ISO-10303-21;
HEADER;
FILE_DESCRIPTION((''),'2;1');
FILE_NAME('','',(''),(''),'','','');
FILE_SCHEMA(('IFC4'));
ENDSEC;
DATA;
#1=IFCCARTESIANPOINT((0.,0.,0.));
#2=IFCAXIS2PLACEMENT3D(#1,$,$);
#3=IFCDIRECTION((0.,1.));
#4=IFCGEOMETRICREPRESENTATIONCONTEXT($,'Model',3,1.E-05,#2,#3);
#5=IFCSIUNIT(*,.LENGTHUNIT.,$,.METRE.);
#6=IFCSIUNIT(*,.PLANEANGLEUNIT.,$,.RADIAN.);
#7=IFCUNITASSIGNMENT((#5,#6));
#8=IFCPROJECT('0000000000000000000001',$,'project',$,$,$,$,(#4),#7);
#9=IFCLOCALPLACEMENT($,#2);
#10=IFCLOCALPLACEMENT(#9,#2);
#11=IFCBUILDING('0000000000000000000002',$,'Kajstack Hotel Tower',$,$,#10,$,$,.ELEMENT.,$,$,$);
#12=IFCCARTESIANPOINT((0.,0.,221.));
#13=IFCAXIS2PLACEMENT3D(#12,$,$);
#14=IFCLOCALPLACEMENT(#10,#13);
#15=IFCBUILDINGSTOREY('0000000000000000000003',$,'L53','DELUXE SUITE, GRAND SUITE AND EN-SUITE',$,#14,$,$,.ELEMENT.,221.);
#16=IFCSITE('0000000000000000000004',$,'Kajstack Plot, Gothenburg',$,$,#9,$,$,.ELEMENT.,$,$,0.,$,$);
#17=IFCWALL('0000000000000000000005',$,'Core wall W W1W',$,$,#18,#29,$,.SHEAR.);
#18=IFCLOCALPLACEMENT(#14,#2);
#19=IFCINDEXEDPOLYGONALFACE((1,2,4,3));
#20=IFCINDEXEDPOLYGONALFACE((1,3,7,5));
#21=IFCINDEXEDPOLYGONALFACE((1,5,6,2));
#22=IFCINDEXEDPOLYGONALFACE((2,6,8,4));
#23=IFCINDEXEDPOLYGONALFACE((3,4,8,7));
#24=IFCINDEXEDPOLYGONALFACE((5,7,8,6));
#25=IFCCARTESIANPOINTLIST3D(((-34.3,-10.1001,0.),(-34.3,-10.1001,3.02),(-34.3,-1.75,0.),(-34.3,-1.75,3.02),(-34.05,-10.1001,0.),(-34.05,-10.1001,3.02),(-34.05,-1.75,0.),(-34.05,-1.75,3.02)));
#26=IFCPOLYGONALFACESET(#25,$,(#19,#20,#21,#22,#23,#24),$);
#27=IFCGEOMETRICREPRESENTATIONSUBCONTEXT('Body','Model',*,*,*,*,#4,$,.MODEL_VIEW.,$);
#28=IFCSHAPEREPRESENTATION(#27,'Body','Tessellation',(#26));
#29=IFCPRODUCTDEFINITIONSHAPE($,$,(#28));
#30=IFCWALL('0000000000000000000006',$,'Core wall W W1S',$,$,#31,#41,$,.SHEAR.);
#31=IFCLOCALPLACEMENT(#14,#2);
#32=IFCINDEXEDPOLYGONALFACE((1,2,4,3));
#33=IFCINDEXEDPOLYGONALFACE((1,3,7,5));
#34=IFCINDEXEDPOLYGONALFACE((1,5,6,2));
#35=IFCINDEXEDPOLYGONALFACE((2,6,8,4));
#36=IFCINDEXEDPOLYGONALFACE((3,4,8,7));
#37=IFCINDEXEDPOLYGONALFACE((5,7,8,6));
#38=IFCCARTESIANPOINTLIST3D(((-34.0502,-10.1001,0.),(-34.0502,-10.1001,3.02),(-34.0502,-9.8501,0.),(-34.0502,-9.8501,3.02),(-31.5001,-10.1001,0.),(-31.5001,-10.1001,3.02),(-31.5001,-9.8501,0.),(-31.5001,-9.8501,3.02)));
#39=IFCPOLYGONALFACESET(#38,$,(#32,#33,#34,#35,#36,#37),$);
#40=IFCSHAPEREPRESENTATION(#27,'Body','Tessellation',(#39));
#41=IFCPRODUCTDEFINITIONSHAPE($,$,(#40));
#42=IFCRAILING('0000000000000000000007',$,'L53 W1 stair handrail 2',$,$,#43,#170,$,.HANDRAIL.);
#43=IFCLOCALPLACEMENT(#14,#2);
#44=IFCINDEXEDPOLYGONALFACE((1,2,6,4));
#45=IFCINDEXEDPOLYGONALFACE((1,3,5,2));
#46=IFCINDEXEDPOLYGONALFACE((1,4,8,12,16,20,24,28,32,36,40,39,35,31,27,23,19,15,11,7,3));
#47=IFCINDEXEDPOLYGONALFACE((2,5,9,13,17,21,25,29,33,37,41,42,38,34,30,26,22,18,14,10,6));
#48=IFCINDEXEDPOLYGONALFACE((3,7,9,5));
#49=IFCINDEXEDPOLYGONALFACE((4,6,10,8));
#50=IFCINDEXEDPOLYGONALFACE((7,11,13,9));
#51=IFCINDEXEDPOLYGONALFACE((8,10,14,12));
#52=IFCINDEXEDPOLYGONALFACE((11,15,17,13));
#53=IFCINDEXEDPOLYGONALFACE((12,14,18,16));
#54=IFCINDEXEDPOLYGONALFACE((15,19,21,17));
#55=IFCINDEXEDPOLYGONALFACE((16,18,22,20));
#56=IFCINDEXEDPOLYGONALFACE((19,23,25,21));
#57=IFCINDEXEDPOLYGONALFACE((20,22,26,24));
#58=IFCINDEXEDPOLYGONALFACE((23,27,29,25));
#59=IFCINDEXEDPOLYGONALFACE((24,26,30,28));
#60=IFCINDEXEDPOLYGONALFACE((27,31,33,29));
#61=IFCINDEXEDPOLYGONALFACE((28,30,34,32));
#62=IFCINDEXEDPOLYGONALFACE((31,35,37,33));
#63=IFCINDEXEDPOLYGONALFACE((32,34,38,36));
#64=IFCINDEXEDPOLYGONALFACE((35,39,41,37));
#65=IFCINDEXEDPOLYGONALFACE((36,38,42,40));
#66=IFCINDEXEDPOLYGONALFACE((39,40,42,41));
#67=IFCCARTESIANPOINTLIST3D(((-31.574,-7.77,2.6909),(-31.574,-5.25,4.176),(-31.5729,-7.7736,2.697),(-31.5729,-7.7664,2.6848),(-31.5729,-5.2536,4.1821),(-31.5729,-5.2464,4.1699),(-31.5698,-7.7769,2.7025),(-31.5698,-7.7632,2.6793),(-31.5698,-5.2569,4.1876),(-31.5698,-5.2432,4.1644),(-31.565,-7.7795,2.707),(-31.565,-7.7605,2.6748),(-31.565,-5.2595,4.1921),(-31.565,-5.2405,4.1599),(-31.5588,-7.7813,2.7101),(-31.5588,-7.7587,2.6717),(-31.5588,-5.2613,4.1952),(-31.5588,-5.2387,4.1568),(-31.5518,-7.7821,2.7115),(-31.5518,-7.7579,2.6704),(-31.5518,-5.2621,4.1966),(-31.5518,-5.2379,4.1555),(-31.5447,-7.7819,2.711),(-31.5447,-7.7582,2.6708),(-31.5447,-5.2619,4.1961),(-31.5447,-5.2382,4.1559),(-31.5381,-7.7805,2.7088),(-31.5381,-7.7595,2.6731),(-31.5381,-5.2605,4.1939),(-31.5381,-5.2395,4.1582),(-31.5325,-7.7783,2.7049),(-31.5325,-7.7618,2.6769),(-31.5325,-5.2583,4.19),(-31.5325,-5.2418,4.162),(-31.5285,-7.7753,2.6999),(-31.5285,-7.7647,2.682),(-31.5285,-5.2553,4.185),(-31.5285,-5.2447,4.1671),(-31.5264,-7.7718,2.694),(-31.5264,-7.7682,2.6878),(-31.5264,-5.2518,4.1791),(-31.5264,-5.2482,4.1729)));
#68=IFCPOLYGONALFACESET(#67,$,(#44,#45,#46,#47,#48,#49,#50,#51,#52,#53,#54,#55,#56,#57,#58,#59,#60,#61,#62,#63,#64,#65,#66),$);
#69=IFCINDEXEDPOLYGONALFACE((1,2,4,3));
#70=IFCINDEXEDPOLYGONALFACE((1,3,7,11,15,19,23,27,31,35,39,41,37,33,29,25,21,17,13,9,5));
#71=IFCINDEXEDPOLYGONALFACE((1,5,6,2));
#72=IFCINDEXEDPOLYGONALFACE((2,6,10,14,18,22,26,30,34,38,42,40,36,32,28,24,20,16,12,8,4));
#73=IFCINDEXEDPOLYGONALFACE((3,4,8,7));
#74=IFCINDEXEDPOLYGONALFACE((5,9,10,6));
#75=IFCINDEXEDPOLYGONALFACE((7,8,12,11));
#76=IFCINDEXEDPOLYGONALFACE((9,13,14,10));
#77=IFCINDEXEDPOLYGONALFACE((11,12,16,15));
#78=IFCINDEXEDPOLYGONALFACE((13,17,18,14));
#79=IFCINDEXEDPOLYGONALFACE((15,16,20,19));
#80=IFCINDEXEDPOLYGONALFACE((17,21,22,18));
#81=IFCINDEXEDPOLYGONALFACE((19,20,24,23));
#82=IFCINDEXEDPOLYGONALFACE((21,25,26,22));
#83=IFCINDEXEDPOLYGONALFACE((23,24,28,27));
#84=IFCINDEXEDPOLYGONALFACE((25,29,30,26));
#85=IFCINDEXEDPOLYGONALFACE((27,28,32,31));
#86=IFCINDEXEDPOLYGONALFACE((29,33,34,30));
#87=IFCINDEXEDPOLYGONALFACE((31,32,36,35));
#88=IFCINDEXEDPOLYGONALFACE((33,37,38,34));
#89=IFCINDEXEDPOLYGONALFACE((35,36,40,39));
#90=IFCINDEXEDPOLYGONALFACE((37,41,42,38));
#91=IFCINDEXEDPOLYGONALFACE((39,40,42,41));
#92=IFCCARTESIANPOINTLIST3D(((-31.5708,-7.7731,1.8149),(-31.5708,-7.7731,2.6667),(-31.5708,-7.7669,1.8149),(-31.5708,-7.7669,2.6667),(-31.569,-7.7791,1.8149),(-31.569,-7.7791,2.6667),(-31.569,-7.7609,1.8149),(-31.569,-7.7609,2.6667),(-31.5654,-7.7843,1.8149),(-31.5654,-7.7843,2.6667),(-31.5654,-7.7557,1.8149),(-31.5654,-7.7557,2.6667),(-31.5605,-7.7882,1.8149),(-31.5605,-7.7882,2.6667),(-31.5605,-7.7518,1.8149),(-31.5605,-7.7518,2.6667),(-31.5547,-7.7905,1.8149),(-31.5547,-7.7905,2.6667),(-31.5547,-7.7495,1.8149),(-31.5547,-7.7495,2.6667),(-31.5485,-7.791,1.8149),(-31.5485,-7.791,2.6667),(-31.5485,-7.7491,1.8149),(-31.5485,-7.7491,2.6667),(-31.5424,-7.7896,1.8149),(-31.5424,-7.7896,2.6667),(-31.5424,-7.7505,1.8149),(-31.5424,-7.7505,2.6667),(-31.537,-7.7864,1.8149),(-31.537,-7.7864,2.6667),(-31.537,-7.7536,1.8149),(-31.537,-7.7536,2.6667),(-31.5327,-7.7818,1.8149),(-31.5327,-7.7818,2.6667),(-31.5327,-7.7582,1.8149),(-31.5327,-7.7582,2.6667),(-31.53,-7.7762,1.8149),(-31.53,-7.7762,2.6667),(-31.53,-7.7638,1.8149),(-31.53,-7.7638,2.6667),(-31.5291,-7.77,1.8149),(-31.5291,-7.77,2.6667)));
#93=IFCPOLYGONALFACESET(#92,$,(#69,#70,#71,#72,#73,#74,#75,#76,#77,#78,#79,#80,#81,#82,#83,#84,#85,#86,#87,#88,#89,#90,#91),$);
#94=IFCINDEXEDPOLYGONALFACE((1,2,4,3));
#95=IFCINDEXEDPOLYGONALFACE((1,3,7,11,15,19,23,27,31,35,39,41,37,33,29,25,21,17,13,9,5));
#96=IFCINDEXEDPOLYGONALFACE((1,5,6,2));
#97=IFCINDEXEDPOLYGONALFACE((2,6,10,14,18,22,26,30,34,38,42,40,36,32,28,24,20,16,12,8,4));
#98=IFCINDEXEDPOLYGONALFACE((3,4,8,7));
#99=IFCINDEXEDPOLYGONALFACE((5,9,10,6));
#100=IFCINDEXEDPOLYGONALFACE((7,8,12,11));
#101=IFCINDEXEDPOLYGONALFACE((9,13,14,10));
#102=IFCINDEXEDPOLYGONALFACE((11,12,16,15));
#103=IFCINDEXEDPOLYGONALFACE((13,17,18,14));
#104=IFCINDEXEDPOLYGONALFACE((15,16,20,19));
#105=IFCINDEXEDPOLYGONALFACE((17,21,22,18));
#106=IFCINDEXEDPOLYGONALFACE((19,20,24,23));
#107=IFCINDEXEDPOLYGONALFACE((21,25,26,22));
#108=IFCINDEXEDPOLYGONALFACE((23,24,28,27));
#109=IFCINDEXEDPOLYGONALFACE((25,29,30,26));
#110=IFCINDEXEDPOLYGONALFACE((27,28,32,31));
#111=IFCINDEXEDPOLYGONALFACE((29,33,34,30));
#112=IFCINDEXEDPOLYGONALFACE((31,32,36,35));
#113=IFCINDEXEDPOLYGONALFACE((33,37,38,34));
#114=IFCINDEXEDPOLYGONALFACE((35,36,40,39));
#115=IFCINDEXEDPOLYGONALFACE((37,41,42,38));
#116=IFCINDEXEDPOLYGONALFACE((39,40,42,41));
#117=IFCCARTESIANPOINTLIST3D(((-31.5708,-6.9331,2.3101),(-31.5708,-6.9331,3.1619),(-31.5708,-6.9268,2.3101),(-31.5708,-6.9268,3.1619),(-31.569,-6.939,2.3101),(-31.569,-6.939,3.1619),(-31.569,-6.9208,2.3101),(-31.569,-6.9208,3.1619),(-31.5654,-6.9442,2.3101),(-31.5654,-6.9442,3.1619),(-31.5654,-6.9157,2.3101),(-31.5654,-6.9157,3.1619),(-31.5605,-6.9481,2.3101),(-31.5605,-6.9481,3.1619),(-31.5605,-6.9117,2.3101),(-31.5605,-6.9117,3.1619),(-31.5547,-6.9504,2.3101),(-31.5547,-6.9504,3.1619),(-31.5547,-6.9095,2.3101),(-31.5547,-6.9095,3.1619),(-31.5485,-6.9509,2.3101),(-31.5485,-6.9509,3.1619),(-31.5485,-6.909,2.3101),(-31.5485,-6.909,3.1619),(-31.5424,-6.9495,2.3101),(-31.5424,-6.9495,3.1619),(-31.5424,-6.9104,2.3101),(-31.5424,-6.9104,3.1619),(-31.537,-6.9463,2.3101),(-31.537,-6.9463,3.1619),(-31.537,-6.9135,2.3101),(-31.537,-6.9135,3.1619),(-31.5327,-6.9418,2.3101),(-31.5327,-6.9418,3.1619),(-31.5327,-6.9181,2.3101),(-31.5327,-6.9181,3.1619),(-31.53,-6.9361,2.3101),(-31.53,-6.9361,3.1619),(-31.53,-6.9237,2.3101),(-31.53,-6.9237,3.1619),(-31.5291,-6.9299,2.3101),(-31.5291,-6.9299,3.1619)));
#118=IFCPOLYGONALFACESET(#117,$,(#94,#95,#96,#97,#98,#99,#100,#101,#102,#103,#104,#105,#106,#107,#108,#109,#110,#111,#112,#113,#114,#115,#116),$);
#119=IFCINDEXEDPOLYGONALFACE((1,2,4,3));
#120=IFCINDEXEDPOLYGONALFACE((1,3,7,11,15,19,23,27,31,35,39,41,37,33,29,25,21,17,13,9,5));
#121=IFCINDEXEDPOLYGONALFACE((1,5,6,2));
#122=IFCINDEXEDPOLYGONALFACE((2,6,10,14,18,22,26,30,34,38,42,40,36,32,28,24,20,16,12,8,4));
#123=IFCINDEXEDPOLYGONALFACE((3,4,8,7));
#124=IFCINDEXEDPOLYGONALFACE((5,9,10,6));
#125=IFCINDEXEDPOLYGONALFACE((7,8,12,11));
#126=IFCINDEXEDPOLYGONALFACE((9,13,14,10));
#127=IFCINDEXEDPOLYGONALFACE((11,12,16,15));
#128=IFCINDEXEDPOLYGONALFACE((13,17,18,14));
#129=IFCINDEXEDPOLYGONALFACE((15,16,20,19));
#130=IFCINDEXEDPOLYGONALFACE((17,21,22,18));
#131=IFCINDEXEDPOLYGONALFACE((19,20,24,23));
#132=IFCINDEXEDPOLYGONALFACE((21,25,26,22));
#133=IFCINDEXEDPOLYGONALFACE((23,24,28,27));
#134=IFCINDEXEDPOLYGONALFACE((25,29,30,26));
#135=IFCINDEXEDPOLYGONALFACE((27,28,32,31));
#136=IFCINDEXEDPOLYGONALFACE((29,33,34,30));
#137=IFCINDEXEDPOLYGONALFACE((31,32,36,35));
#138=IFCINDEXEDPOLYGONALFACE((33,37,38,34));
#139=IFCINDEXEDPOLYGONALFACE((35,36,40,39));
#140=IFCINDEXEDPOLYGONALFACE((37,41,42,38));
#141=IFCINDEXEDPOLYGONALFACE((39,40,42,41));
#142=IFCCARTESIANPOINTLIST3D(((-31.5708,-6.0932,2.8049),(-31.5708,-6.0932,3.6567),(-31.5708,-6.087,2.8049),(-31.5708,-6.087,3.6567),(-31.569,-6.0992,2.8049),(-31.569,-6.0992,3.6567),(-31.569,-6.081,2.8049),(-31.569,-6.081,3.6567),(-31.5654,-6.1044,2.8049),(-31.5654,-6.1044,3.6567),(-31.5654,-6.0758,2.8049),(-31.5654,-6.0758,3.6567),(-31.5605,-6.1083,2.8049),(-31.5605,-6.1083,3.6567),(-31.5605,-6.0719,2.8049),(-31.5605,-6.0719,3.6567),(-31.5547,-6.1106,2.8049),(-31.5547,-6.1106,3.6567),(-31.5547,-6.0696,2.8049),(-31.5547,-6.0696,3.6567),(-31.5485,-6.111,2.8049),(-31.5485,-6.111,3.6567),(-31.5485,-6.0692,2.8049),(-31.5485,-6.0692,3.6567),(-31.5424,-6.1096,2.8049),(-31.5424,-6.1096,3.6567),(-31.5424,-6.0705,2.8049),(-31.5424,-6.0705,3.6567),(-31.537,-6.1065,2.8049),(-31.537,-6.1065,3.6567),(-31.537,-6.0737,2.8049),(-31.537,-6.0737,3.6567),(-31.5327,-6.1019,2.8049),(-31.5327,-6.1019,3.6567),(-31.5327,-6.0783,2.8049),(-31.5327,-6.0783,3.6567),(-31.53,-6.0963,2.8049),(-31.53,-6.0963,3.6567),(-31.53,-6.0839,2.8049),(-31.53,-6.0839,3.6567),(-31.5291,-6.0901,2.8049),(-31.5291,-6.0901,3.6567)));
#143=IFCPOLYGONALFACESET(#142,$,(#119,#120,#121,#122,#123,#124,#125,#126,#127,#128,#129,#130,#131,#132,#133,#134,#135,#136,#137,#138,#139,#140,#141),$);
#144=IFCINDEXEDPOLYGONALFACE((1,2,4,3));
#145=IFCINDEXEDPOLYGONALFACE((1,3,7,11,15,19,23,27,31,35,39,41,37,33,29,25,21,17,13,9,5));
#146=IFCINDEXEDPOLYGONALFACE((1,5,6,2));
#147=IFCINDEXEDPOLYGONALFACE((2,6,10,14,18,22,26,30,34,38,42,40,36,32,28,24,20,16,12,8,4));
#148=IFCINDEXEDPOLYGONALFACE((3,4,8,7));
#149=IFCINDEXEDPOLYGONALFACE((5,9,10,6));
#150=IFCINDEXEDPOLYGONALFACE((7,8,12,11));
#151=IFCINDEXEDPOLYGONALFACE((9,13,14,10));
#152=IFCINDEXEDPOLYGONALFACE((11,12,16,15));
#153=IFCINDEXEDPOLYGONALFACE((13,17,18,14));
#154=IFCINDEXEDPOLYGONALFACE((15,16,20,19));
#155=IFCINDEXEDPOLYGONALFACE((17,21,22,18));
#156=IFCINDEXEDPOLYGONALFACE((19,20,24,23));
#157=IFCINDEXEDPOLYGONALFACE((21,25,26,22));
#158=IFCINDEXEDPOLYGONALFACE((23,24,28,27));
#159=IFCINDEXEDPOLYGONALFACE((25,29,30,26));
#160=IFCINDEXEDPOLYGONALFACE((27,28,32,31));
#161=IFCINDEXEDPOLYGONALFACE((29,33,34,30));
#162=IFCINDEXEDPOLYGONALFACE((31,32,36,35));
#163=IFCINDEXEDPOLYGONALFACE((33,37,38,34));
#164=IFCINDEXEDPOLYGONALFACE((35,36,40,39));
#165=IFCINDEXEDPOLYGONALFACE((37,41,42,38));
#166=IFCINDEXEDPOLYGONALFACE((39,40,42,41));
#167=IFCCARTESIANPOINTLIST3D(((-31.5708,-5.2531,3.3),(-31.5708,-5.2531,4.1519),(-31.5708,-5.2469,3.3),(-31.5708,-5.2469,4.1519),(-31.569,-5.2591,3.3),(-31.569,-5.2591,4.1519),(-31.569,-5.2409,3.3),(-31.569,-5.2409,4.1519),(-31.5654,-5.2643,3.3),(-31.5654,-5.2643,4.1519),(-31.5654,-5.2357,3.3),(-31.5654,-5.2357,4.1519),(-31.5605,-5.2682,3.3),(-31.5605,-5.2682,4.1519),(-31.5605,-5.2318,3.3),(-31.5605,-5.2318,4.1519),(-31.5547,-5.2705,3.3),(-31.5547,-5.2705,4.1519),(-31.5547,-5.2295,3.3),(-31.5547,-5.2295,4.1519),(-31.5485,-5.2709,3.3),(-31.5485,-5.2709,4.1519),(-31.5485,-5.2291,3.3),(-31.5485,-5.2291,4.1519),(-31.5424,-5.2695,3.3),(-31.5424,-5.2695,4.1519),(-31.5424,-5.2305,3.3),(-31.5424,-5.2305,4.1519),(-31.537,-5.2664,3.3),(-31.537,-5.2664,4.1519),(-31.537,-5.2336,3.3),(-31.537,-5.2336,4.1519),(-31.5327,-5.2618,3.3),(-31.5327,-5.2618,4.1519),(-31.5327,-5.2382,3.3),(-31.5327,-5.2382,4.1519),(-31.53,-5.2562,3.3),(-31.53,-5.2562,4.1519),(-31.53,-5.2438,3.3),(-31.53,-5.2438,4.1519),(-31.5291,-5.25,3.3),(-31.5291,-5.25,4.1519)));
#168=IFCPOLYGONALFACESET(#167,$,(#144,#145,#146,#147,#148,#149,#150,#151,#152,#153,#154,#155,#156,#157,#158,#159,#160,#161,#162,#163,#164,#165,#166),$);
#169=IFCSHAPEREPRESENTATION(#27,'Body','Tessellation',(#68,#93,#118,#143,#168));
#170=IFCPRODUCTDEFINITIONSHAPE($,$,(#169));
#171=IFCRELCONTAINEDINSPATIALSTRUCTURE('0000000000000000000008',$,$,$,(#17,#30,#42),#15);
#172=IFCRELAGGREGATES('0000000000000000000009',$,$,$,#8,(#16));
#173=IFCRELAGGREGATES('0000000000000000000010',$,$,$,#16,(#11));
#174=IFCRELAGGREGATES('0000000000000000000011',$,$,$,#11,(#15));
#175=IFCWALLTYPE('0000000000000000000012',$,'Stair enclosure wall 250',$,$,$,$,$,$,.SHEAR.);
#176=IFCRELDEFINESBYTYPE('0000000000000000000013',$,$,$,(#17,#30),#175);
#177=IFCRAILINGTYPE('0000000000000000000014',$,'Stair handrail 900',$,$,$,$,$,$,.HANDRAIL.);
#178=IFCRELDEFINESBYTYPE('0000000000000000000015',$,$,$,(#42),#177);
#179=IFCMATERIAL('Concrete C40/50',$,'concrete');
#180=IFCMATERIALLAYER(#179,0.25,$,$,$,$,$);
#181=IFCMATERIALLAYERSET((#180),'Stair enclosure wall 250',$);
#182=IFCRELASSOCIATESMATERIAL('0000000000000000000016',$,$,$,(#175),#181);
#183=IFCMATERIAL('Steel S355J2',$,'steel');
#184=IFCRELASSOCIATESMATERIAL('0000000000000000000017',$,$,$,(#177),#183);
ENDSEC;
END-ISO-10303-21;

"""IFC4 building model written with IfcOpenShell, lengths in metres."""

from ifc_helpers import new_model, si_unit, direction, frame, frame_2d, origin, origin_2d, place, context, subcontext, project, spatial, rectangle, circle, extrude, material, layer, layer_set, type_object, element, save


model = new_model("IFC4")

# Units and contexts
model_context = context("Model", 3, precision=1e-05, world=origin(), true_north=direction((0.0, 1.0)))
body_context = subcontext(model_context, "Body", "Model", "MODEL_VIEW")
ifc_project = project(units=[si_unit("LENGTHUNIT", "METRE"), si_unit("PLANEANGLEUNIT", "RADIAN")], contexts=[model_context])

# Site, building, storey
site_placement = place(None, origin())
site = spatial("IfcSite", under=ifc_project, at=site_placement, Name="Kajstack Plot, Gothenburg", CompositionType="ELEMENT", RefElevation=0.0)
building_placement = place(site_placement, origin())
building = spatial("IfcBuilding", under=site, at=building_placement, Name="Kajstack Hotel Tower", CompositionType="ELEMENT")
storey_placement = place(building_placement, frame((0.0, 0.0, 221.0)))
storey = spatial("IfcBuildingStorey", under=building, at=storey_placement, Name="L53", Description="DELUXE SUITE, GRAND SUITE AND EN-SUITE", CompositionType="ELEMENT", Elevation=221.0)

# Walls
ifc_material_1 = material(Name="Concrete C40/50", Category="concrete")
ifc_layer_1 = layer(ifc_material_1, 0.25)
ifc_layer_set_1 = layer_set([ifc_layer_1], Name="Stair enclosure wall 250")
wall_type_1 = type_object("IfcWallType", Name="Stair enclosure wall 250", PredefinedType="SHEAR", material=ifc_layer_set_1)
wall_1_placement = place(storey_placement, frame((-34.175, -10.1001, 0.0), z_axis=(0.0, 0.0, 1.0), x_axis=(0.0, 1.0, 0.0)))
element("IfcWall", 1, at=wall_1_placement, inside=storey, type_object=wall_type_1, Name="Core wall W W1W", PredefinedType="SHEAR", context=body_context, shape_type="SweptSolid", body=[
    extrude(rectangle(XDim=8.3501, YDim=0.25, at=frame_2d((4.175, 0.0))), origin(), (0.0, 0.0, 1.0), 3.02),
])
wall_2_placement = place(storey_placement, frame((-34.05, -9.9751, 0.0), z_axis=(0.0, 0.0, 1.0), x_axis=(1.0, 0.0, 0.0)))
element("IfcWall", 2, at=wall_2_placement, inside=storey, type_object=wall_type_1, Name="Core wall W W1S", PredefinedType="SHEAR", context=body_context, shape_type="SweptSolid", body=[
    extrude(rectangle(XDim=2.55, YDim=0.25, at=frame_2d((1.2749, 0.0))), origin(), (0.0, 0.0, 1.0), 3.02),
])

# Railing
ifc_material_2 = material(Name="Steel S355J2", Category="steel")
railing_type_1 = type_object("IfcRailingType", Name="Stair handrail 900", PredefinedType="HANDRAIL", material=ifc_material_2)
railing_1_placement = place(storey_placement, frame((-31.55, -7.77, 1.8149)))
element("IfcRailing", 3, at=railing_1_placement, inside=storey, type_object=railing_type_1, Name="L53 W1 stair handrail 2", PredefinedType="HANDRAIL", context=body_context, shape_type="SweptSolid", body=[
    extrude(circle(Radius=0.0239, at=origin_2d()), frame((0.0, 0.0, 0.876), z_axis=(0.0, 0.861524, 0.507717), x_axis=(-1.0, 0.0, 0.0)), (0.0, 0.0, 1.0), 2.925),
    extrude(circle(Radius=0.021, at=origin_2d()), origin(), (0.0, 0.0, 1.0), 0.8518),
    extrude(circle(Radius=0.021, at=origin_2d()), frame((0.0, 0.8401, 0.4951)), (0.0, 0.0, 1.0), 0.8518),
    extrude(circle(Radius=0.021, at=origin_2d()), frame((0.0, 1.6799, 0.99)), (0.0, 0.0, 1.0), 0.8518),
    extrude(circle(Radius=0.021, at=origin_2d()), frame((0.0, 2.52, 1.4851)), (0.0, 0.0, 1.0), 0.8518),
])

save(model, "model.ifc")
